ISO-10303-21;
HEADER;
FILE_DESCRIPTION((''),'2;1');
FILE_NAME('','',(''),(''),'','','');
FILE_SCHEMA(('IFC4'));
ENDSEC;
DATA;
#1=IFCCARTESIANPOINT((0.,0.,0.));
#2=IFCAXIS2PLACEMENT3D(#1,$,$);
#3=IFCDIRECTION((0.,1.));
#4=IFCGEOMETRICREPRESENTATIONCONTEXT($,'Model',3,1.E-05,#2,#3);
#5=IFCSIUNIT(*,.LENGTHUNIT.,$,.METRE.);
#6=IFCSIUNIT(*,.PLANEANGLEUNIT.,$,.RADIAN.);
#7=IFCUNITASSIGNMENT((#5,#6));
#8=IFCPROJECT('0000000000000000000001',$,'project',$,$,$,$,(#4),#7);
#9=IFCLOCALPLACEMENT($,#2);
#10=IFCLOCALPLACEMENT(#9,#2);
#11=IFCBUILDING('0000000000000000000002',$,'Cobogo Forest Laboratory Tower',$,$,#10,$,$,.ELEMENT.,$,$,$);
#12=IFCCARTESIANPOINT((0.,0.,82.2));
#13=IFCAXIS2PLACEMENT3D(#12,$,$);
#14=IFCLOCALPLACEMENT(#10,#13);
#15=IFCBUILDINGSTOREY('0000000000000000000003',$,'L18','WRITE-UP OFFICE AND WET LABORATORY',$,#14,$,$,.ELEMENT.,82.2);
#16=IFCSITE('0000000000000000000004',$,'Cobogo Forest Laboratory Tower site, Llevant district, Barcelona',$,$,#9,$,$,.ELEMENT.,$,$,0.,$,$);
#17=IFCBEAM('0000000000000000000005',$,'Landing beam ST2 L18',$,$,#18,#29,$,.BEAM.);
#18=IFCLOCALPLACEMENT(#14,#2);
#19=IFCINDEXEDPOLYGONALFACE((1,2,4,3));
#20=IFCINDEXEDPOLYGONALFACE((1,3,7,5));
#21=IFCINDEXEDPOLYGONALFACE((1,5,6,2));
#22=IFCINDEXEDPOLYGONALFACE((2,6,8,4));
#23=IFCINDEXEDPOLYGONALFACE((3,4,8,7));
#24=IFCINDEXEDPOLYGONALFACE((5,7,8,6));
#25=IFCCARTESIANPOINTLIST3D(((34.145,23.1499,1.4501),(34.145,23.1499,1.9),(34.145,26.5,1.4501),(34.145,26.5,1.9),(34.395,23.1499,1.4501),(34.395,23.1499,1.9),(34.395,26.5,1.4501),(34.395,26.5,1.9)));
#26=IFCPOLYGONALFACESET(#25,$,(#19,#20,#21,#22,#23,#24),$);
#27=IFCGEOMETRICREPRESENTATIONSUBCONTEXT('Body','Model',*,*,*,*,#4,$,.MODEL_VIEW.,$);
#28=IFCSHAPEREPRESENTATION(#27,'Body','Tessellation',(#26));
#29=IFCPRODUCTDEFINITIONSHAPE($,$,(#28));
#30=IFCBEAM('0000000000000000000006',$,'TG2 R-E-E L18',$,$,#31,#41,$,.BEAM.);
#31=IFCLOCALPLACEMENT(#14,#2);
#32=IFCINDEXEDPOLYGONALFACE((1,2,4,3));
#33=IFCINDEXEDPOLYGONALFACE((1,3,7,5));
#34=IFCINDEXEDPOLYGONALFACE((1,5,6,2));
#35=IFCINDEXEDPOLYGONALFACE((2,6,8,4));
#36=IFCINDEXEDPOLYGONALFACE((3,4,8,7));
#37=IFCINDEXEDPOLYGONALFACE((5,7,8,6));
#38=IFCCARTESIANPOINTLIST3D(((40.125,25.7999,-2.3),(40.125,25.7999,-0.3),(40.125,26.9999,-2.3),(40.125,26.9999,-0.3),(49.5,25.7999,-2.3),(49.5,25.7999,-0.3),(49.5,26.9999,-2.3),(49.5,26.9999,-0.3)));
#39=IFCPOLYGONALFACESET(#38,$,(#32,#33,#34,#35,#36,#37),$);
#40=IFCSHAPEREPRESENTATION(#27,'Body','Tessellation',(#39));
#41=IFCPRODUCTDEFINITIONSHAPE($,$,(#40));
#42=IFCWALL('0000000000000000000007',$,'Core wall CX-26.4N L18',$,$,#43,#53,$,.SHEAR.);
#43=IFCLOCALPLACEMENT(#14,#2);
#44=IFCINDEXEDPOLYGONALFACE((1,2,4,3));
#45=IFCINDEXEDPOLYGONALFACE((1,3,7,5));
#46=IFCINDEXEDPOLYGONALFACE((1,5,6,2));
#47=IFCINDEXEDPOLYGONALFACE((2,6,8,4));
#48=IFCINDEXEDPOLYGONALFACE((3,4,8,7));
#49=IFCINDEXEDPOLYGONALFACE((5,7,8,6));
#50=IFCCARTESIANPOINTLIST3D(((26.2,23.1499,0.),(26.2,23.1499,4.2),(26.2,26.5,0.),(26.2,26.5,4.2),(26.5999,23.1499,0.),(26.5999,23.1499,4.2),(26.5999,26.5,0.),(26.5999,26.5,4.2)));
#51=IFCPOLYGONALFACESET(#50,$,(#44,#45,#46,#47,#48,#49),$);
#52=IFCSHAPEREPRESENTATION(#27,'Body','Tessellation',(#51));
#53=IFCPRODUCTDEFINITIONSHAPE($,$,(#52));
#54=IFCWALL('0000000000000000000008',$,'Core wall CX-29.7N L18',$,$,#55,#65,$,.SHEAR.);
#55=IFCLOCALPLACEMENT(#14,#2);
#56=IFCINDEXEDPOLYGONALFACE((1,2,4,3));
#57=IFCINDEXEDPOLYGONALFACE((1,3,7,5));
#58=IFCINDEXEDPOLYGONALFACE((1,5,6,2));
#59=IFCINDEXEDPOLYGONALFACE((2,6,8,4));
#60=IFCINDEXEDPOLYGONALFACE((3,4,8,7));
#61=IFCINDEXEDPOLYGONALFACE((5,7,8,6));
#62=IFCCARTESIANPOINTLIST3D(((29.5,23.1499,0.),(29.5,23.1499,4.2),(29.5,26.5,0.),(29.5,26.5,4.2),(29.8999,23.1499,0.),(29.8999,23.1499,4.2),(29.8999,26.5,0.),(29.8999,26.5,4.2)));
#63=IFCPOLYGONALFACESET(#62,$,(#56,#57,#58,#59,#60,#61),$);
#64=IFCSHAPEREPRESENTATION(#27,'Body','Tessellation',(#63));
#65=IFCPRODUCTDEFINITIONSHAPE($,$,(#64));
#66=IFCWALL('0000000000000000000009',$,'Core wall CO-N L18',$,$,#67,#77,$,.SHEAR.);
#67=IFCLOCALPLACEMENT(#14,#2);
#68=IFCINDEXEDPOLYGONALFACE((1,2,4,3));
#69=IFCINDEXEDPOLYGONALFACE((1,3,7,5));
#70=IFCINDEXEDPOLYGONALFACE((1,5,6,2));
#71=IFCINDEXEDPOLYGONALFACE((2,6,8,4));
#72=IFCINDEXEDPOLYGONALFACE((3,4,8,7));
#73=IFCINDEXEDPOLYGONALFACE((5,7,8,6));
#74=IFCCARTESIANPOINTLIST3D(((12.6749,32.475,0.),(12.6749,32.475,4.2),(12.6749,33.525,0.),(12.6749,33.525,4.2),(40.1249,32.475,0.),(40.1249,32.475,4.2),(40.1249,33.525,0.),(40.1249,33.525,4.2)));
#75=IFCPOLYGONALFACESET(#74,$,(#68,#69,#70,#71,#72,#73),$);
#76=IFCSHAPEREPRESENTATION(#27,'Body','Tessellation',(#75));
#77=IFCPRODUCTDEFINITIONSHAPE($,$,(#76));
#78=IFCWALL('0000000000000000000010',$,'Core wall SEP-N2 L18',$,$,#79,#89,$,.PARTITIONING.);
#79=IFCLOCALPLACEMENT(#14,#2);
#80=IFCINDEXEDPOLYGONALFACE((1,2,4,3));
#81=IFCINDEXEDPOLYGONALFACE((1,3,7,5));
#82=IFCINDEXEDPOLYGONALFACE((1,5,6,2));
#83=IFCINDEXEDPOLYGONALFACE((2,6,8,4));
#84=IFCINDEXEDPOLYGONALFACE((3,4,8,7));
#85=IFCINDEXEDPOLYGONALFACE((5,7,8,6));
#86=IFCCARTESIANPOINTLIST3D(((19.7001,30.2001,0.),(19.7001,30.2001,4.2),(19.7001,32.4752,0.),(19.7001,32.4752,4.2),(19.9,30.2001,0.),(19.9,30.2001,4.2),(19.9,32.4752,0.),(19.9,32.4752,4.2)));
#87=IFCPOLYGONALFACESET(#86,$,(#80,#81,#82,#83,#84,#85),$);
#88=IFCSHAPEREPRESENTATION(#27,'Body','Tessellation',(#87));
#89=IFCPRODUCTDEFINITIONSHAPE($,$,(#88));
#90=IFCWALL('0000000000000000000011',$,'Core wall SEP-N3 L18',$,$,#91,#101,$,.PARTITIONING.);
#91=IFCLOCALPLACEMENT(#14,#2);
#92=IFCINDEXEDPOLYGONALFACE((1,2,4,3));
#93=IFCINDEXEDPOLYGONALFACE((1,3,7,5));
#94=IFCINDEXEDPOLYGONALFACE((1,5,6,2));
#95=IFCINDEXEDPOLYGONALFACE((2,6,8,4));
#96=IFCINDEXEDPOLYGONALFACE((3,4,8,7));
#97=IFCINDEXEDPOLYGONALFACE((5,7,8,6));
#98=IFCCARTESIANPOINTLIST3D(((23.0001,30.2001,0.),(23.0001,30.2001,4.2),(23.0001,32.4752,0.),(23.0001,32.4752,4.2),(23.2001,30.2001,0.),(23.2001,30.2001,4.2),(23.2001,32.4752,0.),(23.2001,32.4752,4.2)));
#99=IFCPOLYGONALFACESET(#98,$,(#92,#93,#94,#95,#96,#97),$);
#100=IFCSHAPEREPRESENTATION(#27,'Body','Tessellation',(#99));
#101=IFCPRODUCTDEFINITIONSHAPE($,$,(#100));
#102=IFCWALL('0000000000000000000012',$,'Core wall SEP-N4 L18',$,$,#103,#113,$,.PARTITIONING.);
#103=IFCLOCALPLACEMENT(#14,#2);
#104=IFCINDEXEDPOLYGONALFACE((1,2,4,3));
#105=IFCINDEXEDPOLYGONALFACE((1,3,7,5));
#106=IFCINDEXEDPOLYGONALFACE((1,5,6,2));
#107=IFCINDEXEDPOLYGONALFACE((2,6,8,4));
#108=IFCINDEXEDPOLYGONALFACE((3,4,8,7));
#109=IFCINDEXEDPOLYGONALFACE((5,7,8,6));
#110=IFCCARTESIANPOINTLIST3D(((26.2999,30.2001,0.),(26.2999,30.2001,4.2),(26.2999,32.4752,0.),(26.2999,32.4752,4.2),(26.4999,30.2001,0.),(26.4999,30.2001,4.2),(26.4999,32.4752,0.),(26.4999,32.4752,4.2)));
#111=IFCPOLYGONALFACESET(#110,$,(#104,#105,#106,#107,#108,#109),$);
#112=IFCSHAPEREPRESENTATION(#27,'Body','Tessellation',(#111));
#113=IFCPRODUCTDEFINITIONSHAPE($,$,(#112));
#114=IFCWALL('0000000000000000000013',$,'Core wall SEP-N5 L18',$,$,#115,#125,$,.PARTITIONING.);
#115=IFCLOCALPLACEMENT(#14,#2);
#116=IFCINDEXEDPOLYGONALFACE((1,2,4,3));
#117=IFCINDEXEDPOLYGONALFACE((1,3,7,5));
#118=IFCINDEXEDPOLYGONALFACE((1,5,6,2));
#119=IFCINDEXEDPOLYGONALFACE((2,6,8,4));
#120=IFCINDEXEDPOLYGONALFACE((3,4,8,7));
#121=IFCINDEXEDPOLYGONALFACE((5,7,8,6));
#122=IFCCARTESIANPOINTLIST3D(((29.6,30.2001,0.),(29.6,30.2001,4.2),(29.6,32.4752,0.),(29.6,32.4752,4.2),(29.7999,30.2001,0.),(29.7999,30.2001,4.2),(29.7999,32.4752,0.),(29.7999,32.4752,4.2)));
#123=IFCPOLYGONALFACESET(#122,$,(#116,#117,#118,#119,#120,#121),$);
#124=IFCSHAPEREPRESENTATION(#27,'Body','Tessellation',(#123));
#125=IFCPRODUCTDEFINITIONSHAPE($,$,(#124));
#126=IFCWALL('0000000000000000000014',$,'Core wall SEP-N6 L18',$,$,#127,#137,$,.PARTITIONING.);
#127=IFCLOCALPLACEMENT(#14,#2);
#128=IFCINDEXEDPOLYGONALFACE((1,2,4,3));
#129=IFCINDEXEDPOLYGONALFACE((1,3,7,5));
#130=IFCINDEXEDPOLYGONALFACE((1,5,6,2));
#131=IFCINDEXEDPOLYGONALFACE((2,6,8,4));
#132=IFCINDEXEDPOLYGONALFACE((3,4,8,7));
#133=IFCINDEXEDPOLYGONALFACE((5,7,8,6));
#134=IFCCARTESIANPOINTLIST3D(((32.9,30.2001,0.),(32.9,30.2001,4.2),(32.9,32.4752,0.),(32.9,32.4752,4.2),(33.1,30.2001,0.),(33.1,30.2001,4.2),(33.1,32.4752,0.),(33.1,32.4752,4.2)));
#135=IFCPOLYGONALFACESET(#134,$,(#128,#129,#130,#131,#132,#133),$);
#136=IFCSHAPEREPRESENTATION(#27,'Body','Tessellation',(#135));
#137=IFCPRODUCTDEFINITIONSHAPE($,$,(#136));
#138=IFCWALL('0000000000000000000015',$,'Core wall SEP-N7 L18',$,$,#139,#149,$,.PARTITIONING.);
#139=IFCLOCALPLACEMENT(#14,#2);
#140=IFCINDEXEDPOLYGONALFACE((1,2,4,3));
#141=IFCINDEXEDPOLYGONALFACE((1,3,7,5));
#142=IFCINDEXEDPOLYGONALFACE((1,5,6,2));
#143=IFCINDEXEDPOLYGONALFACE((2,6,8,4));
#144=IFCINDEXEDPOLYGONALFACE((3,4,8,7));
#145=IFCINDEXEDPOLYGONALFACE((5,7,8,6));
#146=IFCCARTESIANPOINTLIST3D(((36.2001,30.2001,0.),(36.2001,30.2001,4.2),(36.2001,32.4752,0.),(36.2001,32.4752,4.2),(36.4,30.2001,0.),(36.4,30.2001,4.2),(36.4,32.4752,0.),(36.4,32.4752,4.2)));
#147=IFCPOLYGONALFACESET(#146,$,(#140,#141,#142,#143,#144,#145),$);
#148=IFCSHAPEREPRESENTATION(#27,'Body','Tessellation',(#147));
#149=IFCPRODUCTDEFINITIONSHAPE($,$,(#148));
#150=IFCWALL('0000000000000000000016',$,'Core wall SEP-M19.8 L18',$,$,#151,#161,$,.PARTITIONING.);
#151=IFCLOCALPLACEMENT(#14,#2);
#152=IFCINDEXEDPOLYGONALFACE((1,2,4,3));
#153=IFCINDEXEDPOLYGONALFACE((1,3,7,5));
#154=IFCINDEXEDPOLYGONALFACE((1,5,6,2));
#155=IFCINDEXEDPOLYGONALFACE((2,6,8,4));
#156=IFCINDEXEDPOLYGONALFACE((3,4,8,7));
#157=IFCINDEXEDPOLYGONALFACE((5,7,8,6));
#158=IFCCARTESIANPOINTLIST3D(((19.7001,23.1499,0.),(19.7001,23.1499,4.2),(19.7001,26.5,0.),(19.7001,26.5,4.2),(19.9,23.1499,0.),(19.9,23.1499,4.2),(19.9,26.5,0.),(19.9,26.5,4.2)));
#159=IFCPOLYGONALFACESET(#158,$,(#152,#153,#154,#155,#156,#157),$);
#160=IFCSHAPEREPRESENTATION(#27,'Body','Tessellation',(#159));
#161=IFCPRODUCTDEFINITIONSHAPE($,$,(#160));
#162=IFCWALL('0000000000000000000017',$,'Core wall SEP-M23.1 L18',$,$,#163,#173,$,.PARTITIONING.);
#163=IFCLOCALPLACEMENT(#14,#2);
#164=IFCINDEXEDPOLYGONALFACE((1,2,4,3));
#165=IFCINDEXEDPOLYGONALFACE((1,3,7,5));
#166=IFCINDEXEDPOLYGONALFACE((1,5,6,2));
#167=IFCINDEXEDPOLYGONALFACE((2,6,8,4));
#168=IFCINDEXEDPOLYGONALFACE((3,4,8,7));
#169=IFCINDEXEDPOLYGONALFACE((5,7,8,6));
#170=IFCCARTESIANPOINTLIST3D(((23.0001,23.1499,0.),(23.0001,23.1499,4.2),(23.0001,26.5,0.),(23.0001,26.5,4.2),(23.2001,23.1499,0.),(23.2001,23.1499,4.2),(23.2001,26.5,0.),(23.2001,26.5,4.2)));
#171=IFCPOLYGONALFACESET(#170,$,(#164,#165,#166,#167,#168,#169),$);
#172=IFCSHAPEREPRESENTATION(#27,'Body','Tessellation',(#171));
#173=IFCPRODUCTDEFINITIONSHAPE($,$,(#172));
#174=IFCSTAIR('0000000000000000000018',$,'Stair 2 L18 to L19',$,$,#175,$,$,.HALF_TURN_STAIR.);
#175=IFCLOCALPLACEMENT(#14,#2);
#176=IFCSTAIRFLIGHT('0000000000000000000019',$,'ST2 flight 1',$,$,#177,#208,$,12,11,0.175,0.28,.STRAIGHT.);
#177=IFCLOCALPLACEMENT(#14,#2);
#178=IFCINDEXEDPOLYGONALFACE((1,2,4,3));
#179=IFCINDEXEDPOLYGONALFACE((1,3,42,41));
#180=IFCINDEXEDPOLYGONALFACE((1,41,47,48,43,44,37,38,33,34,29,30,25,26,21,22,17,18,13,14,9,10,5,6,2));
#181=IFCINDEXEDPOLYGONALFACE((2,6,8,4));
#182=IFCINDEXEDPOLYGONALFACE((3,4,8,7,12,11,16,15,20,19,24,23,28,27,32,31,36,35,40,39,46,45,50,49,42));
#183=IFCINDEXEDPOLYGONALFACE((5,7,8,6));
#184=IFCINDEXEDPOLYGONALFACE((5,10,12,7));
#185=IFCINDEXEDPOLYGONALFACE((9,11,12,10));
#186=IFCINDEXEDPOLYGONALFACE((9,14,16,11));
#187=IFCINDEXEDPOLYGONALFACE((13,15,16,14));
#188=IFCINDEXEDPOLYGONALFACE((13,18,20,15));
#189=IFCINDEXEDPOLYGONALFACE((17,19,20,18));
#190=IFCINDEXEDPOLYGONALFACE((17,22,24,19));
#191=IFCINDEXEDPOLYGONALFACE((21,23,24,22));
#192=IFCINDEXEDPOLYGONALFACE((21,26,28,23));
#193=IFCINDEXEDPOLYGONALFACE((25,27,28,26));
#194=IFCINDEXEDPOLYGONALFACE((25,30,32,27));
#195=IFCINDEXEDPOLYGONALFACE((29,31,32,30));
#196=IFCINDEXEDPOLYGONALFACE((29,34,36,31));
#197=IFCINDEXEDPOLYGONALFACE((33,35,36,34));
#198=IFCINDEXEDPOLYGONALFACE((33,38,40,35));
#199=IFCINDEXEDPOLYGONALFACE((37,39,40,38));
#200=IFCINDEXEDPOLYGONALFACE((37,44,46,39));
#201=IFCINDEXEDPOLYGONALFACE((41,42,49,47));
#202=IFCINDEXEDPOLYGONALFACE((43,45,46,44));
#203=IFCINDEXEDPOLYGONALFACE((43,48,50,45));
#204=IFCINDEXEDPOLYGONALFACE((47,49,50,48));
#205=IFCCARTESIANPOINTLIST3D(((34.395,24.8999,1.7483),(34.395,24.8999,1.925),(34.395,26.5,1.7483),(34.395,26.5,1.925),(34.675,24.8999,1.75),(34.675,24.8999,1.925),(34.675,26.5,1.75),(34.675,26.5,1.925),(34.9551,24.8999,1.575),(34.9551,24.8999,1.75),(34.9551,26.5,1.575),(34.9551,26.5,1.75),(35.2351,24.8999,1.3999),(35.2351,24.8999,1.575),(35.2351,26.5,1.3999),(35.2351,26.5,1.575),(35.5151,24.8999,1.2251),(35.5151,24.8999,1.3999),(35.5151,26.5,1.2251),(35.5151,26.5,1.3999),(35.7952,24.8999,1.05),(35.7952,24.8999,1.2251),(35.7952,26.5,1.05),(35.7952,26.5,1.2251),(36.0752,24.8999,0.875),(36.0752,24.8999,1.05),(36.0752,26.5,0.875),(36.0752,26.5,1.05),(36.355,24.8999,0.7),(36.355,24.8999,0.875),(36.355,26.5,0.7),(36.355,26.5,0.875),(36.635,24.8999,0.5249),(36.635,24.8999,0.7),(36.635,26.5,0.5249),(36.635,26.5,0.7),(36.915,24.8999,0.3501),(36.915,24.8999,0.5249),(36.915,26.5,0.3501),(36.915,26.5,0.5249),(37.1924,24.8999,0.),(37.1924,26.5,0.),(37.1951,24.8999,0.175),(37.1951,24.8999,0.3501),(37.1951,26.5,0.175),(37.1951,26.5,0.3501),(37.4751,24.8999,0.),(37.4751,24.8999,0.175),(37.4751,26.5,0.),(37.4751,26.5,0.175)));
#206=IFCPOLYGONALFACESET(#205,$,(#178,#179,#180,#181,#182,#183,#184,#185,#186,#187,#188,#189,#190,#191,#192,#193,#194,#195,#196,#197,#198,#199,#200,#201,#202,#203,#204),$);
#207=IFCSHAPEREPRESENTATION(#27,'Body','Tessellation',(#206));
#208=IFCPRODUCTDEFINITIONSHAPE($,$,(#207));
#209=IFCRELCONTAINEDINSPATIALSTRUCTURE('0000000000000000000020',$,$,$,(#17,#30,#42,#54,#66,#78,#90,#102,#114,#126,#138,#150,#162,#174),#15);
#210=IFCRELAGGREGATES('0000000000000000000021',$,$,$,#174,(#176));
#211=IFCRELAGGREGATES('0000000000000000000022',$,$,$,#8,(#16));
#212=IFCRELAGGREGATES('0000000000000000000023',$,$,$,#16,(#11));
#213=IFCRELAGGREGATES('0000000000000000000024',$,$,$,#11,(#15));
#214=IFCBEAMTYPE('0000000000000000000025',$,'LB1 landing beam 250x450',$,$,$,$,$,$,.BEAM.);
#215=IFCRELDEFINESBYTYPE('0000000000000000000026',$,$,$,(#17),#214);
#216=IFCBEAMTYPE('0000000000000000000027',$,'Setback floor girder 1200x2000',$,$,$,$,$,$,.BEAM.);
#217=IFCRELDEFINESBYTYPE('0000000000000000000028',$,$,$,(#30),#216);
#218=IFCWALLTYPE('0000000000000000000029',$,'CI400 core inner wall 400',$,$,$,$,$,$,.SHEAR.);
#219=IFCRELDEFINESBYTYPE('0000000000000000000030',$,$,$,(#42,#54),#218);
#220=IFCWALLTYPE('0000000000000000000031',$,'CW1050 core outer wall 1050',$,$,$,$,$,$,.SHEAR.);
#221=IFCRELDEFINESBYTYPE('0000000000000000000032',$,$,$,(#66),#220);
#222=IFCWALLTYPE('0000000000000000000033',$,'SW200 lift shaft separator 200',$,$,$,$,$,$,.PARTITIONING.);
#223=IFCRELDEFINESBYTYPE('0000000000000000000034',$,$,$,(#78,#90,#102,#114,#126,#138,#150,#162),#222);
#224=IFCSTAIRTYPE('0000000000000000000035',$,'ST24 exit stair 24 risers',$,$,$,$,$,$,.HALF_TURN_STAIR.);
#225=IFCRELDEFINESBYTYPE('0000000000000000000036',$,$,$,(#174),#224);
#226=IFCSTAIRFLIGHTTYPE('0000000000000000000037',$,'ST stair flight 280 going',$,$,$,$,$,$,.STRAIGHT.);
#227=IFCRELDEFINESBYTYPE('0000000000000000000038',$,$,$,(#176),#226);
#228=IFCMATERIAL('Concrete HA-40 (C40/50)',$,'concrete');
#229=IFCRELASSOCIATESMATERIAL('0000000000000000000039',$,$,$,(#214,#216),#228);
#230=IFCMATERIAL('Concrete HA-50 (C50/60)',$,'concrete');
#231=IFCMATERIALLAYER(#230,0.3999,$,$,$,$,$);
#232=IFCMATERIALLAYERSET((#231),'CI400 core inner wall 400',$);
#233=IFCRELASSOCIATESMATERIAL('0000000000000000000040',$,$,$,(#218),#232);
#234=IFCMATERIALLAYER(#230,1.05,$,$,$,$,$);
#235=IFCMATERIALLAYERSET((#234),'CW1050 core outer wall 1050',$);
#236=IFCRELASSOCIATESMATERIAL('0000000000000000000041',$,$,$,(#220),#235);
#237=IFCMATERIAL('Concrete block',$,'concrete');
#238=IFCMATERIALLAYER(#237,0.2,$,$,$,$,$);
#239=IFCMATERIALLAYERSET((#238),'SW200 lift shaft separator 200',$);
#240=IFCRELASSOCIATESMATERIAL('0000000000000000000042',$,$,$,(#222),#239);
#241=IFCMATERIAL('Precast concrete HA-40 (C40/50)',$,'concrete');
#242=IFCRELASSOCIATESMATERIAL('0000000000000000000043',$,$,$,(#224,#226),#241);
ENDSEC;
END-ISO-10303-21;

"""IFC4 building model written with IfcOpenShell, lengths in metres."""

from ifc_helpers import new_model, si_unit, direction, frame, frame_2d, origin, origin_2d, place, context, subcontext, project, spatial, polyline, rectangle, outline, extrude, material, layer, layer_set, material_profile, profile_set, type_object, element, aggregate, save


model = new_model("IFC4")

# Units and contexts
model_context = context("Model", 3, precision=1e-05, world=origin(), true_north=direction((0.0, 1.0)))
body_context = subcontext(model_context, "Body", "Model", "MODEL_VIEW")
ifc_project = project(units=[si_unit("LENGTHUNIT", "METRE"), si_unit("PLANEANGLEUNIT", "RADIAN")], contexts=[model_context])

# Site, building, storey
site_placement = place(None, origin())
site = spatial("IfcSite", under=ifc_project, at=site_placement, Name="Cobogo Forest Laboratory Tower site, Llevant district, Barcelona", CompositionType="ELEMENT", RefElevation=0.0)
building_placement = place(site_placement, origin())
building = spatial("IfcBuilding", under=site, at=building_placement, Name="Cobogo Forest Laboratory Tower", CompositionType="ELEMENT")
storey_placement = place(building_placement, frame((0.0, 0.0, 82.2)))
storey = spatial("IfcBuildingStorey", under=building, at=storey_placement, Name="L18", Description="WRITE-UP OFFICE AND WET LABORATORY", CompositionType="ELEMENT", Elevation=82.2)

# Beams
ifc_material_1 = material(Name="Concrete HA-40 (C40/50)", Category="concrete")
ifc_material_profile_1 = material_profile(ifc_material_1, rectangle(XDim=0.25, YDim=0.45, at=origin_2d()), Name="RC 250x450")
ifc_profile_set_1 = profile_set([ifc_material_profile_1], Name="Concrete HA-40 (C40/50)")
beam_type_1 = type_object("IfcBeamType", Name="LB1 landing beam 250x450", PredefinedType="BEAM", material=ifc_profile_set_1)
beam_1_placement = place(storey_placement, frame((34.27, 23.1499, 1.675), z_axis=(0.0, 1.0, 0.0), x_axis=(-1.0, 0.0, 0.0)))
element("IfcBeam", 1, at=beam_1_placement, inside=storey, type_object=beam_type_1, Name="Landing beam ST2 L18", PredefinedType="BEAM", context=body_context, shape_type="SweptSolid", body=[
    extrude(rectangle(XDim=0.25, YDim=0.45, at=origin_2d()), origin(), (0.0, 0.0, 1.0), 3.3501),
])
ifc_material_profile_2 = material_profile(ifc_material_1, rectangle(XDim=1.2, YDim=2.0, at=origin_2d()), Name="RC 1200x2000")
ifc_profile_set_2 = profile_set([ifc_material_profile_2], Name="Concrete HA-40 (C40/50)")
beam_type_2 = type_object("IfcBeamType", Name="Setback floor girder 1200x2000", PredefinedType="BEAM", material=ifc_profile_set_2)
beam_2_placement = place(storey_placement, frame((40.125, 26.3999, -1.3), z_axis=(1.0, 0.0, 0.0), x_axis=(0.0, 1.0, 0.0)))
element("IfcBeam", 2, at=beam_2_placement, inside=storey, type_object=beam_type_2, Name="TG2 R-E-E L18", PredefinedType="BEAM", context=body_context, shape_type="SweptSolid", body=[
    extrude(rectangle(XDim=1.2, YDim=2.0, at=origin_2d()), origin(), (0.0, 0.0, 1.0), 9.375),
])

# Walls
ifc_material_2 = material(Name="Concrete HA-50 (C50/60)", Category="concrete")
ifc_layer_1 = layer(ifc_material_2, 0.3999)
ifc_layer_set_1 = layer_set([ifc_layer_1], Name="CI400 core inner wall 400")
wall_type_1 = type_object("IfcWallType", Name="CI400 core inner wall 400", PredefinedType="SHEAR", material=ifc_layer_set_1)
for number, where, z_axis, x_axis, name in (
    (3, (26.3999, 23.1499, 0.0), (0.0, 0.0, 1.0), (0.0, 1.0, 0.0), "Core wall CX-26.4N L18"),
    (4, (29.7, 23.1499, 0.0), (0.0, 0.0, 1.0), (0.0, 1.0, 0.0), "Core wall CX-29.7N L18"),
):
    element("IfcWall", number, at=place(storey_placement, frame(where, z_axis=z_axis, x_axis=x_axis)), inside=storey, type_object=wall_type_1, Name=name, PredefinedType="SHEAR", context=body_context, shape_type="SweptSolid", body=[
        extrude(rectangle(XDim=3.3501, YDim=0.3999, at=frame_2d((1.675, 0.0))), origin(), (0.0, 0.0, 1.0), 4.2),
    ])
ifc_layer_2 = layer(ifc_material_2, 1.05)
ifc_layer_set_2 = layer_set([ifc_layer_2], Name="CW1050 core outer wall 1050")
wall_type_2 = type_object("IfcWallType", Name="CW1050 core outer wall 1050", PredefinedType="SHEAR", material=ifc_layer_set_2)
wall_placement = place(storey_placement, frame((40.125, 33.0, 0.0), z_axis=(0.0, 0.0, 1.0), x_axis=(-1.0, 0.0, 0.0)))
element("IfcWall", 5, at=wall_placement, inside=storey, type_object=wall_type_2, Name="Core wall CO-N L18", PredefinedType="SHEAR", context=body_context, shape_type="SweptSolid", body=[
    extrude(rectangle(XDim=27.45, YDim=1.05, at=frame_2d((13.7251, 0.0))), origin(), (0.0, 0.0, 1.0), 4.2),
])
ifc_material_3 = material(Name="Concrete block", Category="concrete")
ifc_layer_3 = layer(ifc_material_3, 0.2)
ifc_layer_set_3 = layer_set([ifc_layer_3], Name="SW200 lift shaft separator 200")
wall_type_3 = type_object("IfcWallType", Name="SW200 lift shaft separator 200", PredefinedType="PARTITIONING", material=ifc_layer_set_3)
for number, where, z_axis, x_axis, name in (
    (6, (19.8, 30.2, 0.0), (0.0, 0.0, 1.0), (0.0, 1.0, 0.0), "Core wall SEP-N2 L18"),
    (7, (23.1001, 30.2, 0.0), (0.0, 0.0, 1.0), (0.0, 1.0, 0.0), "Core wall SEP-N3 L18"),
    (8, (26.3999, 30.2, 0.0), (0.0, 0.0, 1.0), (0.0, 1.0, 0.0), "Core wall SEP-N4 L18"),
    (9, (29.7, 30.2, 0.0), (0.0, 0.0, 1.0), (0.0, 1.0, 0.0), "Core wall SEP-N5 L18"),
    (10, (33.0, 30.2, 0.0), (0.0, 0.0, 1.0), (0.0, 1.0, 0.0), "Core wall SEP-N6 L18"),
    (11, (36.3, 30.2, 0.0), (0.0, 0.0, 1.0), (0.0, 1.0, 0.0), "Core wall SEP-N7 L18"),
):
    element("IfcWall", number, at=place(storey_placement, frame(where, z_axis=z_axis, x_axis=x_axis)), inside=storey, type_object=wall_type_3, Name=name, PredefinedType="PARTITIONING", context=body_context, shape_type="SweptSolid", body=[
        extrude(rectangle(XDim=2.2751, YDim=0.2, at=frame_2d((1.1377, 0.0))), origin(), (0.0, 0.0, 1.0), 4.2),
    ])
for number, where, z_axis, x_axis, name in (
    (12, (19.8, 23.1499, 0.0), (0.0, 0.0, 1.0), (0.0, 1.0, 0.0), "Core wall SEP-M19.8 L18"),
    (13, (23.1001, 23.1499, 0.0), (0.0, 0.0, 1.0), (0.0, 1.0, 0.0), "Core wall SEP-M23.1 L18"),
):
    element("IfcWall", number, at=place(storey_placement, frame(where, z_axis=z_axis, x_axis=x_axis)), inside=storey, type_object=wall_type_3, Name=name, PredefinedType="PARTITIONING", context=body_context, shape_type="SweptSolid", body=[
        extrude(rectangle(XDim=3.3501, YDim=0.2, at=frame_2d((1.675, 0.0))), origin(), (0.0, 0.0, 1.0), 4.2),
    ])

# Stair, stair flight
ifc_material_4 = material(Name="Precast concrete HA-40 (C40/50)", Category="concrete")
stair_type = type_object("IfcStairType", Name="ST24 exit stair 24 risers", PredefinedType="HALF_TURN_STAIR", material=ifc_material_4)
stair_placement = place(storey_placement, origin())
stair = element("IfcStair", 14, at=stair_placement, inside=storey, type_object=stair_type, Name="Stair 2 L18 to L19", PredefinedType="HALF_TURN_STAIR")
stair_flight_type = type_object("IfcStairFlightType", Name="ST stair flight 280 going", PredefinedType="STRAIGHT", material=ifc_material_4)
stair_flight_1_placement = place(storey_placement, frame((37.4751, 25.7, 0.0), z_axis=(0.0, 0.0, 1.0), x_axis=(-1.0, 0.0, 0.0)))
stair_flight_1 = element("IfcStairFlight", 15, at=stair_flight_1_placement, type_object=stair_flight_type, Name="ST2 flight 1", NumberOfRisers=12, NumberOfTreads=11, PredefinedType="STRAIGHT", RiserHeight=0.175, TreadLength=0.28, context=body_context, shape_type="SweptSolid", body=[
    extrude(outline(polyline([(0.0, 0.0), (0.0, 0.175), (0.28, 0.175), (0.28, 0.3501), (0.5601, 0.3501), (0.5601, 0.5249), (0.8401, 0.5249), (0.8401, 0.7), (1.1201, 0.7), (1.1201, 0.875), (1.3999, 0.875), (1.3999, 1.05), (1.6799, 1.05), (1.6799, 1.2251), (1.96, 1.2251), (1.96, 1.3999), (2.24, 1.3999), (2.24, 1.575), (2.52, 1.575), (2.52, 1.75), (2.8, 1.75), (2.8, 1.925), (3.0801, 1.925), (3.0801, 2.1001), (3.0801, 1.7483), (0.2827, 0.0), (0.0, 0.0)])), frame((0.0, 0.8, 0.0), z_axis=(0.0, -1.0, 0.0), x_axis=(1.0, 0.0, 0.0)), (0.0, 0.0, 1.0), 1.6001),
])
aggregate(stair, [stair_flight_1])

save(model, "model.ifc")
